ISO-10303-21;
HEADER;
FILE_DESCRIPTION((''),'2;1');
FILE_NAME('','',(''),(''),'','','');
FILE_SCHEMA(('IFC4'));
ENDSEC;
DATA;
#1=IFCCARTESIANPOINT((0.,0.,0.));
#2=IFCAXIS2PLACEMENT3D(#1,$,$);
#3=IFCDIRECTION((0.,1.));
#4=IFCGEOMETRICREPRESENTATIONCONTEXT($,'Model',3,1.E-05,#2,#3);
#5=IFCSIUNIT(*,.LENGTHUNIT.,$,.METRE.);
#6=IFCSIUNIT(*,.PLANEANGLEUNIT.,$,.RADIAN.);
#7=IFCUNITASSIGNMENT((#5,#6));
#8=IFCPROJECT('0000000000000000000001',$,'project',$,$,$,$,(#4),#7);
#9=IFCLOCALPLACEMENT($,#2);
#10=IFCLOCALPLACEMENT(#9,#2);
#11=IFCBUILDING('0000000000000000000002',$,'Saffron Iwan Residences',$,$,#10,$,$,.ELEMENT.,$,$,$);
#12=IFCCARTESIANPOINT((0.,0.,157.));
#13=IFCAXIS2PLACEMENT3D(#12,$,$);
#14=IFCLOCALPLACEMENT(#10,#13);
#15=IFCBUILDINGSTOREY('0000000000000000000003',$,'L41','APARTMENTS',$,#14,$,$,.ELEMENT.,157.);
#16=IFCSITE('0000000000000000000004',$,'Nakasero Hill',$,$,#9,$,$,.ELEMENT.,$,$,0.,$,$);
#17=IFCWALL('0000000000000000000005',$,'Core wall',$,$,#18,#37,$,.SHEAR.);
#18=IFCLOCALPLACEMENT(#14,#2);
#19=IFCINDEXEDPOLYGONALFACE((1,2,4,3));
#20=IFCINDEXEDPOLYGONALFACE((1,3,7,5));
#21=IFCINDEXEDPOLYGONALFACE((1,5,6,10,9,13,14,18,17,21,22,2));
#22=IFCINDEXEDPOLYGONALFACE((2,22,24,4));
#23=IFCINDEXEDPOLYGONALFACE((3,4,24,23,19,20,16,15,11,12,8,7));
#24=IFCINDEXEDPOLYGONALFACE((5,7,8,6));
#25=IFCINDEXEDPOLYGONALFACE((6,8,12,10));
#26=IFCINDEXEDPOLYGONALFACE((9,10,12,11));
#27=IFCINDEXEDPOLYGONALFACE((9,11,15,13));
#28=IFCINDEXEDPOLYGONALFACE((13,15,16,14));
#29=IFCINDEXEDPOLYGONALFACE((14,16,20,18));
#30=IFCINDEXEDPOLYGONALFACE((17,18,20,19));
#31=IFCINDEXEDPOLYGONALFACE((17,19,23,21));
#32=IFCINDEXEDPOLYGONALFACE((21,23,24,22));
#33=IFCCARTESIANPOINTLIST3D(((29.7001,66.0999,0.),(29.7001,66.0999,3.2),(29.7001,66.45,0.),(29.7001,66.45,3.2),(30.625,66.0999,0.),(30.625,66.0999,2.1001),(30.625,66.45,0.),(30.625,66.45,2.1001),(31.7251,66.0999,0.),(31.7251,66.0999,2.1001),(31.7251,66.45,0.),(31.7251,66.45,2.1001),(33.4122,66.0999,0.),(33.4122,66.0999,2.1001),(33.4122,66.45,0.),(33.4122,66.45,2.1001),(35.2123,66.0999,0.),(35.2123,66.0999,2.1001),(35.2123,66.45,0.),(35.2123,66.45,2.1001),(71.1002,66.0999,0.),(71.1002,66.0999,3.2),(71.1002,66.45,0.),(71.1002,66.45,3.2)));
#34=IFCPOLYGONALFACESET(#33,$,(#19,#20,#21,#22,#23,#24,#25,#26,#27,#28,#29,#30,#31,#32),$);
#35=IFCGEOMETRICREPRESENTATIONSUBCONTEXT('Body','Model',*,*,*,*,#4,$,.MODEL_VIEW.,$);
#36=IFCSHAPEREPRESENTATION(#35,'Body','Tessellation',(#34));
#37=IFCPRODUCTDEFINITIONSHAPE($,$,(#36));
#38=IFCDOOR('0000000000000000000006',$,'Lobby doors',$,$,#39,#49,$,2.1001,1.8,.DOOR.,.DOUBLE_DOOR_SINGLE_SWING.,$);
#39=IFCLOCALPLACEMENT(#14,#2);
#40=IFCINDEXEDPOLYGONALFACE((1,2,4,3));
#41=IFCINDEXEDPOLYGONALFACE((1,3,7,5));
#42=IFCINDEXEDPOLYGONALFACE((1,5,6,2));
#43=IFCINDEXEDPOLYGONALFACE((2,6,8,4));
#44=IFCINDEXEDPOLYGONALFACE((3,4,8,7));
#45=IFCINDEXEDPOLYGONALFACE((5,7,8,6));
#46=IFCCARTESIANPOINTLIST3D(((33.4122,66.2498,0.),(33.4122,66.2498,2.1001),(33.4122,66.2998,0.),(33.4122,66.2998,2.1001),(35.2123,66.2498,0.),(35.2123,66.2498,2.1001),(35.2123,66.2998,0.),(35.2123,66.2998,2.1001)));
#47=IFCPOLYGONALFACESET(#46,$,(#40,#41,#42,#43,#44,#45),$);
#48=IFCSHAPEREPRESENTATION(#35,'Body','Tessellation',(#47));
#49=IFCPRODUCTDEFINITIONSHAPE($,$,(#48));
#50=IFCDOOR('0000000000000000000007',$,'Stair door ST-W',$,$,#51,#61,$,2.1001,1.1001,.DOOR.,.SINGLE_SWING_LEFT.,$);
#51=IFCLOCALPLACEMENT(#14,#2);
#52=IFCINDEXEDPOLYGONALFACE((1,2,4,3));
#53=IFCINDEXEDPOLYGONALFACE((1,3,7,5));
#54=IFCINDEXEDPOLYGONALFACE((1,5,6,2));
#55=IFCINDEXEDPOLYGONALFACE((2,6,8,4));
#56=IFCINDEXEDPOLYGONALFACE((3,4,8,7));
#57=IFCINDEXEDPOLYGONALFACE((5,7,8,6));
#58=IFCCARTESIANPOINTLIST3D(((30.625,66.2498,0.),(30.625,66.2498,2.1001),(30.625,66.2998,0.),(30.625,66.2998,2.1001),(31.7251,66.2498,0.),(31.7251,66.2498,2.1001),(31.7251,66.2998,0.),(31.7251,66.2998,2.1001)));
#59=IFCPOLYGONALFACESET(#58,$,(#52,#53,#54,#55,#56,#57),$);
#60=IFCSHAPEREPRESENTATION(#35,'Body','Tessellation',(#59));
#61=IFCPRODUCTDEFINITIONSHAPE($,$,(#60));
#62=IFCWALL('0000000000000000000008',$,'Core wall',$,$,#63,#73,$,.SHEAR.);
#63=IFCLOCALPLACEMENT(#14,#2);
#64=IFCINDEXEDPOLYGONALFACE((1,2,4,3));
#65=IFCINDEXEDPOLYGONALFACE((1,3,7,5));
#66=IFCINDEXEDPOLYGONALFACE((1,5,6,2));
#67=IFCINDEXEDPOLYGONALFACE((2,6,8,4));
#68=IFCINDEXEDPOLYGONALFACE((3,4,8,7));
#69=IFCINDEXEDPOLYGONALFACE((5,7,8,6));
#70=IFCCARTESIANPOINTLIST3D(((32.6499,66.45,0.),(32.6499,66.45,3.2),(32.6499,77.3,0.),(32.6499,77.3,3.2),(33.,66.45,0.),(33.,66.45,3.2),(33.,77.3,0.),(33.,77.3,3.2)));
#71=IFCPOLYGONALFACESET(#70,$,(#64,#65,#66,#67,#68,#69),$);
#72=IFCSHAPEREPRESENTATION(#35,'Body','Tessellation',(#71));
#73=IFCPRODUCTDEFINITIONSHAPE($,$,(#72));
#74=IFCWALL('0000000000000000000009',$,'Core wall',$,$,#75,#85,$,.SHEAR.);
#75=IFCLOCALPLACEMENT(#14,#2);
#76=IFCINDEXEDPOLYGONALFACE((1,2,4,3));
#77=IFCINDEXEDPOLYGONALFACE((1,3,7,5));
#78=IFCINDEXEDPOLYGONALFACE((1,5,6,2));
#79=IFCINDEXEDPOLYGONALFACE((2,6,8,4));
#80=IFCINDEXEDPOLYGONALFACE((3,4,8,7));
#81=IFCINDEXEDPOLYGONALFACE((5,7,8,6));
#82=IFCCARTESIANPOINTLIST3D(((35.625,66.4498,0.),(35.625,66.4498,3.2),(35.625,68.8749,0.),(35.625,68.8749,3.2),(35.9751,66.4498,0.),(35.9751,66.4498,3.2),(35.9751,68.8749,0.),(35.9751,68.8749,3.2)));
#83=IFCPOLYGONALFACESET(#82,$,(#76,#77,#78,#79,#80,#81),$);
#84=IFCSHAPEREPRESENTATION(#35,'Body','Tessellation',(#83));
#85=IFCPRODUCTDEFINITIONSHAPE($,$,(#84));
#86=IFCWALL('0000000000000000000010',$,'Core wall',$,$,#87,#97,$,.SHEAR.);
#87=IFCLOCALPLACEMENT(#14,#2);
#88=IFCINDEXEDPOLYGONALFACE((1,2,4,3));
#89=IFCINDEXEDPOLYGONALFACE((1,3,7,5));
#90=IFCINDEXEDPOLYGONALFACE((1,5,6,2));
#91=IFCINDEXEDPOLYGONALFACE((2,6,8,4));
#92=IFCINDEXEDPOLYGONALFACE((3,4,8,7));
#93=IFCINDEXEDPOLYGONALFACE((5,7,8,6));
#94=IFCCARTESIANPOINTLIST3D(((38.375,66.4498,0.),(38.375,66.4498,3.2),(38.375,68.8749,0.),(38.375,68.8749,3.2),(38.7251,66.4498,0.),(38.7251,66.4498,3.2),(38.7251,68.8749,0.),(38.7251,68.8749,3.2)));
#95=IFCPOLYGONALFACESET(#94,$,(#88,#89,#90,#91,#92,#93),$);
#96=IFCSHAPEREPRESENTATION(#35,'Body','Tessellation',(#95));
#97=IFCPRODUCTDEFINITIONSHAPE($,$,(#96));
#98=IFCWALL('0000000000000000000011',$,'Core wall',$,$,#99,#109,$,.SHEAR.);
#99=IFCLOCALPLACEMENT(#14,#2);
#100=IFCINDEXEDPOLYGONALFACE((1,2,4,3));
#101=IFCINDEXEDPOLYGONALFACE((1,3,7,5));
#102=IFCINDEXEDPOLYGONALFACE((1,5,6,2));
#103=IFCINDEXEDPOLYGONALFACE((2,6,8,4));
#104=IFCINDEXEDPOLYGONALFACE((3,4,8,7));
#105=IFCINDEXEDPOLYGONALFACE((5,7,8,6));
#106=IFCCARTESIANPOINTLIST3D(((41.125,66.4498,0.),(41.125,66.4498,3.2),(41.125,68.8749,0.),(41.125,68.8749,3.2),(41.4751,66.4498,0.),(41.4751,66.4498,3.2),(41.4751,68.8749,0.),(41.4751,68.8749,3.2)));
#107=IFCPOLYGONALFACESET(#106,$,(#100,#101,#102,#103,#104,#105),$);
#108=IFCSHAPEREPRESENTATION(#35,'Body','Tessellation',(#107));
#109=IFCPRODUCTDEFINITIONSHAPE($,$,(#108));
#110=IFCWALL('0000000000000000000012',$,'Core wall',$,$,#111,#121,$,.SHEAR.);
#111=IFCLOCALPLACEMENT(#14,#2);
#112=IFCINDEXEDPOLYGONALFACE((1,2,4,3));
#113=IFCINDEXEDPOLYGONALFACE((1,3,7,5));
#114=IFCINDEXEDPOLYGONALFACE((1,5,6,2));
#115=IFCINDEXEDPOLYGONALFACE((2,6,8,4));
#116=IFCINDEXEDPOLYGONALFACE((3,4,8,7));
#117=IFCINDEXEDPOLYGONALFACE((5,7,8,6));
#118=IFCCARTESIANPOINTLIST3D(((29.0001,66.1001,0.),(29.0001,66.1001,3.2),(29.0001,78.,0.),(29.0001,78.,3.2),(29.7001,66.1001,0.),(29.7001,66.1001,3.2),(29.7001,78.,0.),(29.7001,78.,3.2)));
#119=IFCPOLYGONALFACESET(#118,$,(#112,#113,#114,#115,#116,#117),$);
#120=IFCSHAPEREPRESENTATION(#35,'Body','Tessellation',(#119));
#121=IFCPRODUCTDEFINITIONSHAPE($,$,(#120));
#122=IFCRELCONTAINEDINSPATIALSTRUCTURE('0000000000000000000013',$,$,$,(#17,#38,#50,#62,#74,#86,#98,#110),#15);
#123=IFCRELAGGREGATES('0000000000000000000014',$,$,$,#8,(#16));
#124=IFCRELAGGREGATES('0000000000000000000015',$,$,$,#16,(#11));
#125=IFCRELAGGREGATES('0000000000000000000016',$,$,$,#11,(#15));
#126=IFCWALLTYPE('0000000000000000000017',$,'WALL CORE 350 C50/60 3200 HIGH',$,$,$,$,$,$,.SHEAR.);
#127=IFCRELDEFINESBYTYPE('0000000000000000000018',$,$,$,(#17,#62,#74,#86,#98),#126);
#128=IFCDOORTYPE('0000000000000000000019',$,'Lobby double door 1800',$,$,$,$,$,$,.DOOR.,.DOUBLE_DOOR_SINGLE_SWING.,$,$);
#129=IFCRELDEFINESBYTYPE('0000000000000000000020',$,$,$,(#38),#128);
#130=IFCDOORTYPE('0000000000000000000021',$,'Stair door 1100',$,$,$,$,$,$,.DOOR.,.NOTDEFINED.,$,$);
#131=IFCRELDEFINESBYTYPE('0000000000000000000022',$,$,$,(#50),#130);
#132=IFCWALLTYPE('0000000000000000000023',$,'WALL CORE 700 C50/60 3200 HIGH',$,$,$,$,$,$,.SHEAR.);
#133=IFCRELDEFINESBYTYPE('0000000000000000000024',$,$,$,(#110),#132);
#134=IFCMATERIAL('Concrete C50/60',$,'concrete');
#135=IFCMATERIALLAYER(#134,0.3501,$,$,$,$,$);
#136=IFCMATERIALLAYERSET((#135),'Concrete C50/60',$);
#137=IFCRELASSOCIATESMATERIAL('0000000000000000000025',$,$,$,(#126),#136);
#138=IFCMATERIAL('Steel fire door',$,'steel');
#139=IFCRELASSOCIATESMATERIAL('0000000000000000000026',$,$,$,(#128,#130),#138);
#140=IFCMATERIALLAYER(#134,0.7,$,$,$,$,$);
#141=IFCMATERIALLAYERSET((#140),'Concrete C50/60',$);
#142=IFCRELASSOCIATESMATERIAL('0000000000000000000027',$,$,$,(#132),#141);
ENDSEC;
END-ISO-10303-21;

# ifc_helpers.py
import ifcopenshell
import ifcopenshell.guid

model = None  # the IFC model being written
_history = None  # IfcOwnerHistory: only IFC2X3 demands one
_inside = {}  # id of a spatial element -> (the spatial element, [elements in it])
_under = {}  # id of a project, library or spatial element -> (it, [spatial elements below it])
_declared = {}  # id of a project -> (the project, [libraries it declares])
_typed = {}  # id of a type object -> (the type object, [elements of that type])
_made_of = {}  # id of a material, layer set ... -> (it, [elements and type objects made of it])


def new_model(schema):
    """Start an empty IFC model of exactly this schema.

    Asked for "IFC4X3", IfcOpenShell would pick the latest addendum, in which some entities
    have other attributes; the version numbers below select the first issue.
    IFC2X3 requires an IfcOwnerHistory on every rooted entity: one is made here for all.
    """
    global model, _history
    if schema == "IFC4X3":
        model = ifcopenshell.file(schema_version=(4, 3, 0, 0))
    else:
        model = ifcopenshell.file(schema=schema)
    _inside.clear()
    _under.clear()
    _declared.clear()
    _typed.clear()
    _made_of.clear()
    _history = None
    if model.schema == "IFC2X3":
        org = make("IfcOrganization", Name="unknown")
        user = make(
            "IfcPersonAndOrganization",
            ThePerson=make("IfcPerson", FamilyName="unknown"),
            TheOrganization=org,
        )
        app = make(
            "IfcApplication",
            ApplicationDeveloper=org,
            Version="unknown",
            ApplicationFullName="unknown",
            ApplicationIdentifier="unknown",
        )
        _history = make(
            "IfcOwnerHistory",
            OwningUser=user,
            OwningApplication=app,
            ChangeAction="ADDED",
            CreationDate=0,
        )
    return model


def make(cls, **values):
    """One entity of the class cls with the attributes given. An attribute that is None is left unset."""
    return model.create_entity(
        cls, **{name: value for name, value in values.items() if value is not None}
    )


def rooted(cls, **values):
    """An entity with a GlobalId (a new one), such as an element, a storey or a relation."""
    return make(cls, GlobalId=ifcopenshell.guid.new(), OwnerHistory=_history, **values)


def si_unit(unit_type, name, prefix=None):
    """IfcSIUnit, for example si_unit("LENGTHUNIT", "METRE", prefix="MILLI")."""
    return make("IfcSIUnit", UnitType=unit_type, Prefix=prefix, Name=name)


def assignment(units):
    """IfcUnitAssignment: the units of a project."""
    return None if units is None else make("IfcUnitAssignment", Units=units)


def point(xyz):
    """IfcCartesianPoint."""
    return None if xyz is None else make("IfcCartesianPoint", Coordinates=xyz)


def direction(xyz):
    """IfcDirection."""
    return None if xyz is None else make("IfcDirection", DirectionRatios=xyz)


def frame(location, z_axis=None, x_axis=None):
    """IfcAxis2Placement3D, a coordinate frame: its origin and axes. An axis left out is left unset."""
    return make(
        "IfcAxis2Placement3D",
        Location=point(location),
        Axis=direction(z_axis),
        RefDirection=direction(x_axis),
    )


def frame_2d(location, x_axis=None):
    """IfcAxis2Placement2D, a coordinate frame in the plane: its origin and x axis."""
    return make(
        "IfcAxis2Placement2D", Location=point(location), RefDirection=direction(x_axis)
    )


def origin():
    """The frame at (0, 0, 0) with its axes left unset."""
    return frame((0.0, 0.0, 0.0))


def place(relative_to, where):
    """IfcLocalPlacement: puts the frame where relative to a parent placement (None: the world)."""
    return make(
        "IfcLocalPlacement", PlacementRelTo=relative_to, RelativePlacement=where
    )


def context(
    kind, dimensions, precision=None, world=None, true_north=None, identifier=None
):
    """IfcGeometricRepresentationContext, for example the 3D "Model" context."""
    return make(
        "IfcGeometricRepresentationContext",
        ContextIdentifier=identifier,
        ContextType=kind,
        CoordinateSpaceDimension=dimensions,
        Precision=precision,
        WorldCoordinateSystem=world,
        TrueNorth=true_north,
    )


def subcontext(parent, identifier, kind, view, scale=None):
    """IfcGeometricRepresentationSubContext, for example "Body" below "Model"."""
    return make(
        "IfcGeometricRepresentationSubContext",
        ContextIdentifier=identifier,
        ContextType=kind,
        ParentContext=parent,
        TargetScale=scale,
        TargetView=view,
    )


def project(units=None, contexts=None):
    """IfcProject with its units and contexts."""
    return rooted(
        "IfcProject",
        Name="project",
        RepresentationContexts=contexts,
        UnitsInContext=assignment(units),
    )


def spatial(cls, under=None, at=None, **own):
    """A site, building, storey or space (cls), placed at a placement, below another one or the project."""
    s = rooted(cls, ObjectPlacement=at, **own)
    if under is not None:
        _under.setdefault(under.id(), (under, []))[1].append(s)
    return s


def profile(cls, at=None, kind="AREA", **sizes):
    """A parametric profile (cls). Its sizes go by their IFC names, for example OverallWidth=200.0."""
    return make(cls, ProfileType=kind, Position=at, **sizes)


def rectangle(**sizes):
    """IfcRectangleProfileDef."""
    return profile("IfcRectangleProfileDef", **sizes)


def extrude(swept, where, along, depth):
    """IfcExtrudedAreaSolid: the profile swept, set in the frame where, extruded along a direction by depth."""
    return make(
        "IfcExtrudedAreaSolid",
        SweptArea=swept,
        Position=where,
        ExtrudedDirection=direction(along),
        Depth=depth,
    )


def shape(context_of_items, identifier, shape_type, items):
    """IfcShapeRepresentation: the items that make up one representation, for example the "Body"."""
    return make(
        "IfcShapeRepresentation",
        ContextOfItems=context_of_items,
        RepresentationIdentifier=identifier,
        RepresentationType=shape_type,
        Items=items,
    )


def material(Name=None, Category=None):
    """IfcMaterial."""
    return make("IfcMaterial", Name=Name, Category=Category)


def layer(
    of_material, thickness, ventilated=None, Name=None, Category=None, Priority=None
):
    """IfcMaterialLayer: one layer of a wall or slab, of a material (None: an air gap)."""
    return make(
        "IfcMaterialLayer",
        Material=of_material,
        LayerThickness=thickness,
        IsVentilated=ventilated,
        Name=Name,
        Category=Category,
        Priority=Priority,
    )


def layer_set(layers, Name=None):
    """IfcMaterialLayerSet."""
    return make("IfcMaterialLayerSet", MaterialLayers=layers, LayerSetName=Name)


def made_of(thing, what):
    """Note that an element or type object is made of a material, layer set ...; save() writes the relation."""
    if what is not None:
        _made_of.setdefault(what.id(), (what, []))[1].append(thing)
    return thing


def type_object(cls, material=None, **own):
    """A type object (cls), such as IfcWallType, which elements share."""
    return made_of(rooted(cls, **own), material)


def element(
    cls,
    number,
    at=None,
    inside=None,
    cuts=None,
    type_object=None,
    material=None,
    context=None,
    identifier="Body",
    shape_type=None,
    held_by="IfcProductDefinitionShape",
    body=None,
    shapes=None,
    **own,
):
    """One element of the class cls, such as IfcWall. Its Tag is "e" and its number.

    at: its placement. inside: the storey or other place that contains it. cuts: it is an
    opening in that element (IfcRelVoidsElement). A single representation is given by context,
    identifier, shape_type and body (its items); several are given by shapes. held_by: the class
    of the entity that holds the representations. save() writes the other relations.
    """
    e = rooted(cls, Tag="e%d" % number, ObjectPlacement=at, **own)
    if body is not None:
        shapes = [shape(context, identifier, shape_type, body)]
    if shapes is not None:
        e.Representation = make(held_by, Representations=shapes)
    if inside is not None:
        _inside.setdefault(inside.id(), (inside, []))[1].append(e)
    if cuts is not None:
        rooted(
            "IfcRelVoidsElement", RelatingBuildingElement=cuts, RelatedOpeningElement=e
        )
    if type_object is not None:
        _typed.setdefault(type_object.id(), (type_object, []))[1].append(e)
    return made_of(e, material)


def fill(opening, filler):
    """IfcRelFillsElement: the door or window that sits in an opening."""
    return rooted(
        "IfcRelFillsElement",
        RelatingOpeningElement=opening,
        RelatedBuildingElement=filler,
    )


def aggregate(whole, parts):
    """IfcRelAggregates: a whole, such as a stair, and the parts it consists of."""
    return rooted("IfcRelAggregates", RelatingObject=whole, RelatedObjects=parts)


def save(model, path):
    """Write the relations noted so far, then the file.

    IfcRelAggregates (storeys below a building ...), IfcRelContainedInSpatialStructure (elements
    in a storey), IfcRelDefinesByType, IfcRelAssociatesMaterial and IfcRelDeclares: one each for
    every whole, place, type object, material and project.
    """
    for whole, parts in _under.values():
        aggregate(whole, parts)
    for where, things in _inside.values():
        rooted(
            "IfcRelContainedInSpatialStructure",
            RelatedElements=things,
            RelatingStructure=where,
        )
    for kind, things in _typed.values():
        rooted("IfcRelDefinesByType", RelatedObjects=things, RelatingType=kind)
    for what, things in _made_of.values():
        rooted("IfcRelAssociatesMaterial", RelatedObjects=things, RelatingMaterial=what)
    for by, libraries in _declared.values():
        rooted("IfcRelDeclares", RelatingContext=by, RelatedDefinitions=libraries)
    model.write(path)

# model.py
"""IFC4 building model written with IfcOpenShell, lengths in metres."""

from ifc_helpers import new_model, si_unit, direction, frame, frame_2d, origin, place, context, subcontext, project, spatial, rectangle, extrude, material, layer, layer_set, type_object, element, fill, save


model = new_model("IFC4")

# Units and contexts
model_context = context("Model", 3, precision=1e-05, world=origin(), true_north=direction((0.0, 1.0)))
body_context = subcontext(model_context, "Body", "Model", "MODEL_VIEW")
ifc_project = project(units=[si_unit("LENGTHUNIT", "METRE"), si_unit("PLANEANGLEUNIT", "RADIAN")], contexts=[model_context])

# Site, building, storey
site_placement = place(None, origin())
site = spatial("IfcSite", under=ifc_project, at=site_placement, Name="Nakasero Hill", CompositionType="ELEMENT", RefElevation=0.0)
building_placement = place(site_placement, origin())
building = spatial("IfcBuilding", under=site, at=building_placement, Name="Saffron Iwan Residences", CompositionType="ELEMENT")
storey_placement = place(building_placement, frame((0.0, 0.0, 157.0)))
storey = spatial("IfcBuildingStorey", under=building, at=storey_placement, Name="L41", Description="APARTMENTS", CompositionType="ELEMENT", Elevation=157.0)

# Shared definitions
ifc_material_1 = material(Name="Steel fire door", Category="steel")

# Wall, openings, doors
ifc_material_2 = material(Name="Concrete C50/60", Category="concrete")
ifc_layer_1 = layer(ifc_material_2, 0.3501)
ifc_layer_set_1 = layer_set([ifc_layer_1], Name="Concrete C50/60")
wall_type_1 = type_object("IfcWallType", Name="WALL CORE 350 C50/60 3200 HIGH", PredefinedType="SHEAR", material=ifc_layer_set_1)
wall_1_placement = place(storey_placement, frame((29.7, 66.2749, 0.0), z_axis=(0.0, 0.0, 1.0), x_axis=(1.0, 0.0, 0.0)))
wall_1 = element("IfcWall", 1, at=wall_1_placement, inside=storey, type_object=wall_type_1, Name="Core wall", PredefinedType="SHEAR", context=body_context, shape_type="SweptSolid", body=[
    extrude(rectangle(XDim=41.4001, YDim=0.3501, at=frame_2d((20.7002, 0.0))), origin(), (0.0, 0.0, 1.0), 3.2),
])
opening_1_placement = place(wall_1_placement, frame((0.925, 0.0, 0.0)))
opening_1 = element("IfcOpeningElement", 2, at=opening_1_placement, cuts=wall_1, PredefinedType="OPENING", context=body_context, shape_type="SweptSolid", body=[
    extrude(rectangle(XDim=1.1001, YDim=2.1001, at=frame_2d((0.55, 1.05))), frame((0.0, 0.1851, 0.0), z_axis=(0.0, -1.0, 0.0), x_axis=(1.0, 0.0, 0.0)), (0.0, 0.0, 1.0), 0.3701),
])
opening_2_placement = place(wall_1_placement, frame((3.7124, 0.0, 0.0)))
opening_2 = element("IfcOpeningElement", 3, at=opening_2_placement, cuts=wall_1, PredefinedType="OPENING", context=body_context, shape_type="SweptSolid", body=[
    extrude(rectangle(XDim=1.8, YDim=2.1001, at=frame_2d((0.8999, 1.05))), frame((0.0, 0.1851, 0.0), z_axis=(0.0, -1.0, 0.0), x_axis=(1.0, 0.0, 0.0)), (0.0, 0.0, 1.0), 0.3701),
])
door_type_1 = type_object("IfcDoorType", Name="Lobby double door 1800", OperationType="DOUBLE_DOOR_SINGLE_SWING", PredefinedType="DOOR", material=ifc_material_1)
door_1_placement = place(opening_2_placement, origin())
door_1 = element("IfcDoor", 4, at=door_1_placement, inside=storey, type_object=door_type_1, Name="Lobby doors", OperationType="DOUBLE_DOOR_SINGLE_SWING", OverallHeight=2.1001, OverallWidth=1.8, PredefinedType="DOOR", context=body_context, shape_type="SweptSolid", body=[
    extrude(rectangle(XDim=1.8, YDim=2.1001, at=frame_2d((0.8999, 1.05))), frame((0.0, 0.0249, 0.0), z_axis=(0.0, -1.0, 0.0), x_axis=(1.0, 0.0, 0.0)), (0.0, 0.0, 1.0), 0.05),
])
fill(opening_2, door_1)
door_type_2 = type_object("IfcDoorType", Name="Stair door 1100", OperationType="NOTDEFINED", PredefinedType="DOOR", material=ifc_material_1)
door_2_placement = place(opening_1_placement, origin())
door_2 = element("IfcDoor", 5, at=door_2_placement, inside=storey, type_object=door_type_2, Name="Stair door ST-W", OperationType="SINGLE_SWING_LEFT", OverallHeight=2.1001, OverallWidth=1.1001, PredefinedType="DOOR", context=body_context, shape_type="SweptSolid", body=[
    extrude(rectangle(XDim=1.1001, YDim=2.1001, at=frame_2d((0.55, 1.05))), frame((0.0, 0.0249, 0.0), z_axis=(0.0, -1.0, 0.0), x_axis=(1.0, 0.0, 0.0)), (0.0, 0.0, 1.0), 0.05),
])
fill(opening_1, door_2)

# Walls
wall_2_placement = place(storey_placement, frame((32.825, 66.45, 0.0), z_axis=(0.0, 0.0, 1.0), x_axis=(0.0, 1.0, 0.0)))
element("IfcWall", 6, at=wall_2_placement, inside=storey, type_object=wall_type_1, Name="Core wall", PredefinedType="SHEAR", context=body_context, shape_type="SweptSolid", body=[
    extrude(rectangle(XDim=10.8501, YDim=0.3501, at=frame_2d((5.425, 0.0))), origin(), (0.0, 0.0, 1.0), 3.2),
])
for number, where, z_axis, x_axis, name in (
    (7, (35.8, 66.45, 0.0), (0.0, 0.0, 1.0), (0.0, 1.0, 0.0), "Core wall"),
    (8, (38.55, 66.45, 0.0), (0.0, 0.0, 1.0), (0.0, 1.0, 0.0), "Core wall"),
    (9, (41.3, 66.45, 0.0), (0.0, 0.0, 1.0), (0.0, 1.0, 0.0), "Core wall"),
):
    element("IfcWall", number, at=place(storey_placement, frame(where, z_axis=z_axis, x_axis=x_axis)), inside=storey, type_object=wall_type_1, Name=name, PredefinedType="SHEAR", context=body_context, shape_type="SweptSolid", body=[
        extrude(rectangle(XDim=2.425, YDim=0.3501, at=frame_2d((1.2124, 0.0))), origin(), (0.0, 0.0, 1.0), 3.2),
    ])
ifc_layer_2 = layer(ifc_material_2, 0.7)
ifc_layer_set_2 = layer_set([ifc_layer_2], Name="Concrete C50/60")
wall_type_2 = type_object("IfcWallType", Name="WALL CORE 700 C50/60 3200 HIGH", PredefinedType="SHEAR", material=ifc_layer_set_2)
wall_3_placement = place(storey_placement, frame((29.3501, 66.1001, 0.0), z_axis=(0.0, 0.0, 1.0), x_axis=(0.0, 1.0, 0.0)))
element("IfcWall", 10, at=wall_3_placement, inside=storey, type_object=wall_type_2, Name="Core wall", PredefinedType="SHEAR", context=body_context, shape_type="SweptSolid", body=[
    extrude(rectangle(XDim=11.8999, YDim=0.7, at=frame_2d((5.95, 0.0))), origin(), (0.0, 0.0, 1.0), 3.2),
])

save(model, "model.ifc")
